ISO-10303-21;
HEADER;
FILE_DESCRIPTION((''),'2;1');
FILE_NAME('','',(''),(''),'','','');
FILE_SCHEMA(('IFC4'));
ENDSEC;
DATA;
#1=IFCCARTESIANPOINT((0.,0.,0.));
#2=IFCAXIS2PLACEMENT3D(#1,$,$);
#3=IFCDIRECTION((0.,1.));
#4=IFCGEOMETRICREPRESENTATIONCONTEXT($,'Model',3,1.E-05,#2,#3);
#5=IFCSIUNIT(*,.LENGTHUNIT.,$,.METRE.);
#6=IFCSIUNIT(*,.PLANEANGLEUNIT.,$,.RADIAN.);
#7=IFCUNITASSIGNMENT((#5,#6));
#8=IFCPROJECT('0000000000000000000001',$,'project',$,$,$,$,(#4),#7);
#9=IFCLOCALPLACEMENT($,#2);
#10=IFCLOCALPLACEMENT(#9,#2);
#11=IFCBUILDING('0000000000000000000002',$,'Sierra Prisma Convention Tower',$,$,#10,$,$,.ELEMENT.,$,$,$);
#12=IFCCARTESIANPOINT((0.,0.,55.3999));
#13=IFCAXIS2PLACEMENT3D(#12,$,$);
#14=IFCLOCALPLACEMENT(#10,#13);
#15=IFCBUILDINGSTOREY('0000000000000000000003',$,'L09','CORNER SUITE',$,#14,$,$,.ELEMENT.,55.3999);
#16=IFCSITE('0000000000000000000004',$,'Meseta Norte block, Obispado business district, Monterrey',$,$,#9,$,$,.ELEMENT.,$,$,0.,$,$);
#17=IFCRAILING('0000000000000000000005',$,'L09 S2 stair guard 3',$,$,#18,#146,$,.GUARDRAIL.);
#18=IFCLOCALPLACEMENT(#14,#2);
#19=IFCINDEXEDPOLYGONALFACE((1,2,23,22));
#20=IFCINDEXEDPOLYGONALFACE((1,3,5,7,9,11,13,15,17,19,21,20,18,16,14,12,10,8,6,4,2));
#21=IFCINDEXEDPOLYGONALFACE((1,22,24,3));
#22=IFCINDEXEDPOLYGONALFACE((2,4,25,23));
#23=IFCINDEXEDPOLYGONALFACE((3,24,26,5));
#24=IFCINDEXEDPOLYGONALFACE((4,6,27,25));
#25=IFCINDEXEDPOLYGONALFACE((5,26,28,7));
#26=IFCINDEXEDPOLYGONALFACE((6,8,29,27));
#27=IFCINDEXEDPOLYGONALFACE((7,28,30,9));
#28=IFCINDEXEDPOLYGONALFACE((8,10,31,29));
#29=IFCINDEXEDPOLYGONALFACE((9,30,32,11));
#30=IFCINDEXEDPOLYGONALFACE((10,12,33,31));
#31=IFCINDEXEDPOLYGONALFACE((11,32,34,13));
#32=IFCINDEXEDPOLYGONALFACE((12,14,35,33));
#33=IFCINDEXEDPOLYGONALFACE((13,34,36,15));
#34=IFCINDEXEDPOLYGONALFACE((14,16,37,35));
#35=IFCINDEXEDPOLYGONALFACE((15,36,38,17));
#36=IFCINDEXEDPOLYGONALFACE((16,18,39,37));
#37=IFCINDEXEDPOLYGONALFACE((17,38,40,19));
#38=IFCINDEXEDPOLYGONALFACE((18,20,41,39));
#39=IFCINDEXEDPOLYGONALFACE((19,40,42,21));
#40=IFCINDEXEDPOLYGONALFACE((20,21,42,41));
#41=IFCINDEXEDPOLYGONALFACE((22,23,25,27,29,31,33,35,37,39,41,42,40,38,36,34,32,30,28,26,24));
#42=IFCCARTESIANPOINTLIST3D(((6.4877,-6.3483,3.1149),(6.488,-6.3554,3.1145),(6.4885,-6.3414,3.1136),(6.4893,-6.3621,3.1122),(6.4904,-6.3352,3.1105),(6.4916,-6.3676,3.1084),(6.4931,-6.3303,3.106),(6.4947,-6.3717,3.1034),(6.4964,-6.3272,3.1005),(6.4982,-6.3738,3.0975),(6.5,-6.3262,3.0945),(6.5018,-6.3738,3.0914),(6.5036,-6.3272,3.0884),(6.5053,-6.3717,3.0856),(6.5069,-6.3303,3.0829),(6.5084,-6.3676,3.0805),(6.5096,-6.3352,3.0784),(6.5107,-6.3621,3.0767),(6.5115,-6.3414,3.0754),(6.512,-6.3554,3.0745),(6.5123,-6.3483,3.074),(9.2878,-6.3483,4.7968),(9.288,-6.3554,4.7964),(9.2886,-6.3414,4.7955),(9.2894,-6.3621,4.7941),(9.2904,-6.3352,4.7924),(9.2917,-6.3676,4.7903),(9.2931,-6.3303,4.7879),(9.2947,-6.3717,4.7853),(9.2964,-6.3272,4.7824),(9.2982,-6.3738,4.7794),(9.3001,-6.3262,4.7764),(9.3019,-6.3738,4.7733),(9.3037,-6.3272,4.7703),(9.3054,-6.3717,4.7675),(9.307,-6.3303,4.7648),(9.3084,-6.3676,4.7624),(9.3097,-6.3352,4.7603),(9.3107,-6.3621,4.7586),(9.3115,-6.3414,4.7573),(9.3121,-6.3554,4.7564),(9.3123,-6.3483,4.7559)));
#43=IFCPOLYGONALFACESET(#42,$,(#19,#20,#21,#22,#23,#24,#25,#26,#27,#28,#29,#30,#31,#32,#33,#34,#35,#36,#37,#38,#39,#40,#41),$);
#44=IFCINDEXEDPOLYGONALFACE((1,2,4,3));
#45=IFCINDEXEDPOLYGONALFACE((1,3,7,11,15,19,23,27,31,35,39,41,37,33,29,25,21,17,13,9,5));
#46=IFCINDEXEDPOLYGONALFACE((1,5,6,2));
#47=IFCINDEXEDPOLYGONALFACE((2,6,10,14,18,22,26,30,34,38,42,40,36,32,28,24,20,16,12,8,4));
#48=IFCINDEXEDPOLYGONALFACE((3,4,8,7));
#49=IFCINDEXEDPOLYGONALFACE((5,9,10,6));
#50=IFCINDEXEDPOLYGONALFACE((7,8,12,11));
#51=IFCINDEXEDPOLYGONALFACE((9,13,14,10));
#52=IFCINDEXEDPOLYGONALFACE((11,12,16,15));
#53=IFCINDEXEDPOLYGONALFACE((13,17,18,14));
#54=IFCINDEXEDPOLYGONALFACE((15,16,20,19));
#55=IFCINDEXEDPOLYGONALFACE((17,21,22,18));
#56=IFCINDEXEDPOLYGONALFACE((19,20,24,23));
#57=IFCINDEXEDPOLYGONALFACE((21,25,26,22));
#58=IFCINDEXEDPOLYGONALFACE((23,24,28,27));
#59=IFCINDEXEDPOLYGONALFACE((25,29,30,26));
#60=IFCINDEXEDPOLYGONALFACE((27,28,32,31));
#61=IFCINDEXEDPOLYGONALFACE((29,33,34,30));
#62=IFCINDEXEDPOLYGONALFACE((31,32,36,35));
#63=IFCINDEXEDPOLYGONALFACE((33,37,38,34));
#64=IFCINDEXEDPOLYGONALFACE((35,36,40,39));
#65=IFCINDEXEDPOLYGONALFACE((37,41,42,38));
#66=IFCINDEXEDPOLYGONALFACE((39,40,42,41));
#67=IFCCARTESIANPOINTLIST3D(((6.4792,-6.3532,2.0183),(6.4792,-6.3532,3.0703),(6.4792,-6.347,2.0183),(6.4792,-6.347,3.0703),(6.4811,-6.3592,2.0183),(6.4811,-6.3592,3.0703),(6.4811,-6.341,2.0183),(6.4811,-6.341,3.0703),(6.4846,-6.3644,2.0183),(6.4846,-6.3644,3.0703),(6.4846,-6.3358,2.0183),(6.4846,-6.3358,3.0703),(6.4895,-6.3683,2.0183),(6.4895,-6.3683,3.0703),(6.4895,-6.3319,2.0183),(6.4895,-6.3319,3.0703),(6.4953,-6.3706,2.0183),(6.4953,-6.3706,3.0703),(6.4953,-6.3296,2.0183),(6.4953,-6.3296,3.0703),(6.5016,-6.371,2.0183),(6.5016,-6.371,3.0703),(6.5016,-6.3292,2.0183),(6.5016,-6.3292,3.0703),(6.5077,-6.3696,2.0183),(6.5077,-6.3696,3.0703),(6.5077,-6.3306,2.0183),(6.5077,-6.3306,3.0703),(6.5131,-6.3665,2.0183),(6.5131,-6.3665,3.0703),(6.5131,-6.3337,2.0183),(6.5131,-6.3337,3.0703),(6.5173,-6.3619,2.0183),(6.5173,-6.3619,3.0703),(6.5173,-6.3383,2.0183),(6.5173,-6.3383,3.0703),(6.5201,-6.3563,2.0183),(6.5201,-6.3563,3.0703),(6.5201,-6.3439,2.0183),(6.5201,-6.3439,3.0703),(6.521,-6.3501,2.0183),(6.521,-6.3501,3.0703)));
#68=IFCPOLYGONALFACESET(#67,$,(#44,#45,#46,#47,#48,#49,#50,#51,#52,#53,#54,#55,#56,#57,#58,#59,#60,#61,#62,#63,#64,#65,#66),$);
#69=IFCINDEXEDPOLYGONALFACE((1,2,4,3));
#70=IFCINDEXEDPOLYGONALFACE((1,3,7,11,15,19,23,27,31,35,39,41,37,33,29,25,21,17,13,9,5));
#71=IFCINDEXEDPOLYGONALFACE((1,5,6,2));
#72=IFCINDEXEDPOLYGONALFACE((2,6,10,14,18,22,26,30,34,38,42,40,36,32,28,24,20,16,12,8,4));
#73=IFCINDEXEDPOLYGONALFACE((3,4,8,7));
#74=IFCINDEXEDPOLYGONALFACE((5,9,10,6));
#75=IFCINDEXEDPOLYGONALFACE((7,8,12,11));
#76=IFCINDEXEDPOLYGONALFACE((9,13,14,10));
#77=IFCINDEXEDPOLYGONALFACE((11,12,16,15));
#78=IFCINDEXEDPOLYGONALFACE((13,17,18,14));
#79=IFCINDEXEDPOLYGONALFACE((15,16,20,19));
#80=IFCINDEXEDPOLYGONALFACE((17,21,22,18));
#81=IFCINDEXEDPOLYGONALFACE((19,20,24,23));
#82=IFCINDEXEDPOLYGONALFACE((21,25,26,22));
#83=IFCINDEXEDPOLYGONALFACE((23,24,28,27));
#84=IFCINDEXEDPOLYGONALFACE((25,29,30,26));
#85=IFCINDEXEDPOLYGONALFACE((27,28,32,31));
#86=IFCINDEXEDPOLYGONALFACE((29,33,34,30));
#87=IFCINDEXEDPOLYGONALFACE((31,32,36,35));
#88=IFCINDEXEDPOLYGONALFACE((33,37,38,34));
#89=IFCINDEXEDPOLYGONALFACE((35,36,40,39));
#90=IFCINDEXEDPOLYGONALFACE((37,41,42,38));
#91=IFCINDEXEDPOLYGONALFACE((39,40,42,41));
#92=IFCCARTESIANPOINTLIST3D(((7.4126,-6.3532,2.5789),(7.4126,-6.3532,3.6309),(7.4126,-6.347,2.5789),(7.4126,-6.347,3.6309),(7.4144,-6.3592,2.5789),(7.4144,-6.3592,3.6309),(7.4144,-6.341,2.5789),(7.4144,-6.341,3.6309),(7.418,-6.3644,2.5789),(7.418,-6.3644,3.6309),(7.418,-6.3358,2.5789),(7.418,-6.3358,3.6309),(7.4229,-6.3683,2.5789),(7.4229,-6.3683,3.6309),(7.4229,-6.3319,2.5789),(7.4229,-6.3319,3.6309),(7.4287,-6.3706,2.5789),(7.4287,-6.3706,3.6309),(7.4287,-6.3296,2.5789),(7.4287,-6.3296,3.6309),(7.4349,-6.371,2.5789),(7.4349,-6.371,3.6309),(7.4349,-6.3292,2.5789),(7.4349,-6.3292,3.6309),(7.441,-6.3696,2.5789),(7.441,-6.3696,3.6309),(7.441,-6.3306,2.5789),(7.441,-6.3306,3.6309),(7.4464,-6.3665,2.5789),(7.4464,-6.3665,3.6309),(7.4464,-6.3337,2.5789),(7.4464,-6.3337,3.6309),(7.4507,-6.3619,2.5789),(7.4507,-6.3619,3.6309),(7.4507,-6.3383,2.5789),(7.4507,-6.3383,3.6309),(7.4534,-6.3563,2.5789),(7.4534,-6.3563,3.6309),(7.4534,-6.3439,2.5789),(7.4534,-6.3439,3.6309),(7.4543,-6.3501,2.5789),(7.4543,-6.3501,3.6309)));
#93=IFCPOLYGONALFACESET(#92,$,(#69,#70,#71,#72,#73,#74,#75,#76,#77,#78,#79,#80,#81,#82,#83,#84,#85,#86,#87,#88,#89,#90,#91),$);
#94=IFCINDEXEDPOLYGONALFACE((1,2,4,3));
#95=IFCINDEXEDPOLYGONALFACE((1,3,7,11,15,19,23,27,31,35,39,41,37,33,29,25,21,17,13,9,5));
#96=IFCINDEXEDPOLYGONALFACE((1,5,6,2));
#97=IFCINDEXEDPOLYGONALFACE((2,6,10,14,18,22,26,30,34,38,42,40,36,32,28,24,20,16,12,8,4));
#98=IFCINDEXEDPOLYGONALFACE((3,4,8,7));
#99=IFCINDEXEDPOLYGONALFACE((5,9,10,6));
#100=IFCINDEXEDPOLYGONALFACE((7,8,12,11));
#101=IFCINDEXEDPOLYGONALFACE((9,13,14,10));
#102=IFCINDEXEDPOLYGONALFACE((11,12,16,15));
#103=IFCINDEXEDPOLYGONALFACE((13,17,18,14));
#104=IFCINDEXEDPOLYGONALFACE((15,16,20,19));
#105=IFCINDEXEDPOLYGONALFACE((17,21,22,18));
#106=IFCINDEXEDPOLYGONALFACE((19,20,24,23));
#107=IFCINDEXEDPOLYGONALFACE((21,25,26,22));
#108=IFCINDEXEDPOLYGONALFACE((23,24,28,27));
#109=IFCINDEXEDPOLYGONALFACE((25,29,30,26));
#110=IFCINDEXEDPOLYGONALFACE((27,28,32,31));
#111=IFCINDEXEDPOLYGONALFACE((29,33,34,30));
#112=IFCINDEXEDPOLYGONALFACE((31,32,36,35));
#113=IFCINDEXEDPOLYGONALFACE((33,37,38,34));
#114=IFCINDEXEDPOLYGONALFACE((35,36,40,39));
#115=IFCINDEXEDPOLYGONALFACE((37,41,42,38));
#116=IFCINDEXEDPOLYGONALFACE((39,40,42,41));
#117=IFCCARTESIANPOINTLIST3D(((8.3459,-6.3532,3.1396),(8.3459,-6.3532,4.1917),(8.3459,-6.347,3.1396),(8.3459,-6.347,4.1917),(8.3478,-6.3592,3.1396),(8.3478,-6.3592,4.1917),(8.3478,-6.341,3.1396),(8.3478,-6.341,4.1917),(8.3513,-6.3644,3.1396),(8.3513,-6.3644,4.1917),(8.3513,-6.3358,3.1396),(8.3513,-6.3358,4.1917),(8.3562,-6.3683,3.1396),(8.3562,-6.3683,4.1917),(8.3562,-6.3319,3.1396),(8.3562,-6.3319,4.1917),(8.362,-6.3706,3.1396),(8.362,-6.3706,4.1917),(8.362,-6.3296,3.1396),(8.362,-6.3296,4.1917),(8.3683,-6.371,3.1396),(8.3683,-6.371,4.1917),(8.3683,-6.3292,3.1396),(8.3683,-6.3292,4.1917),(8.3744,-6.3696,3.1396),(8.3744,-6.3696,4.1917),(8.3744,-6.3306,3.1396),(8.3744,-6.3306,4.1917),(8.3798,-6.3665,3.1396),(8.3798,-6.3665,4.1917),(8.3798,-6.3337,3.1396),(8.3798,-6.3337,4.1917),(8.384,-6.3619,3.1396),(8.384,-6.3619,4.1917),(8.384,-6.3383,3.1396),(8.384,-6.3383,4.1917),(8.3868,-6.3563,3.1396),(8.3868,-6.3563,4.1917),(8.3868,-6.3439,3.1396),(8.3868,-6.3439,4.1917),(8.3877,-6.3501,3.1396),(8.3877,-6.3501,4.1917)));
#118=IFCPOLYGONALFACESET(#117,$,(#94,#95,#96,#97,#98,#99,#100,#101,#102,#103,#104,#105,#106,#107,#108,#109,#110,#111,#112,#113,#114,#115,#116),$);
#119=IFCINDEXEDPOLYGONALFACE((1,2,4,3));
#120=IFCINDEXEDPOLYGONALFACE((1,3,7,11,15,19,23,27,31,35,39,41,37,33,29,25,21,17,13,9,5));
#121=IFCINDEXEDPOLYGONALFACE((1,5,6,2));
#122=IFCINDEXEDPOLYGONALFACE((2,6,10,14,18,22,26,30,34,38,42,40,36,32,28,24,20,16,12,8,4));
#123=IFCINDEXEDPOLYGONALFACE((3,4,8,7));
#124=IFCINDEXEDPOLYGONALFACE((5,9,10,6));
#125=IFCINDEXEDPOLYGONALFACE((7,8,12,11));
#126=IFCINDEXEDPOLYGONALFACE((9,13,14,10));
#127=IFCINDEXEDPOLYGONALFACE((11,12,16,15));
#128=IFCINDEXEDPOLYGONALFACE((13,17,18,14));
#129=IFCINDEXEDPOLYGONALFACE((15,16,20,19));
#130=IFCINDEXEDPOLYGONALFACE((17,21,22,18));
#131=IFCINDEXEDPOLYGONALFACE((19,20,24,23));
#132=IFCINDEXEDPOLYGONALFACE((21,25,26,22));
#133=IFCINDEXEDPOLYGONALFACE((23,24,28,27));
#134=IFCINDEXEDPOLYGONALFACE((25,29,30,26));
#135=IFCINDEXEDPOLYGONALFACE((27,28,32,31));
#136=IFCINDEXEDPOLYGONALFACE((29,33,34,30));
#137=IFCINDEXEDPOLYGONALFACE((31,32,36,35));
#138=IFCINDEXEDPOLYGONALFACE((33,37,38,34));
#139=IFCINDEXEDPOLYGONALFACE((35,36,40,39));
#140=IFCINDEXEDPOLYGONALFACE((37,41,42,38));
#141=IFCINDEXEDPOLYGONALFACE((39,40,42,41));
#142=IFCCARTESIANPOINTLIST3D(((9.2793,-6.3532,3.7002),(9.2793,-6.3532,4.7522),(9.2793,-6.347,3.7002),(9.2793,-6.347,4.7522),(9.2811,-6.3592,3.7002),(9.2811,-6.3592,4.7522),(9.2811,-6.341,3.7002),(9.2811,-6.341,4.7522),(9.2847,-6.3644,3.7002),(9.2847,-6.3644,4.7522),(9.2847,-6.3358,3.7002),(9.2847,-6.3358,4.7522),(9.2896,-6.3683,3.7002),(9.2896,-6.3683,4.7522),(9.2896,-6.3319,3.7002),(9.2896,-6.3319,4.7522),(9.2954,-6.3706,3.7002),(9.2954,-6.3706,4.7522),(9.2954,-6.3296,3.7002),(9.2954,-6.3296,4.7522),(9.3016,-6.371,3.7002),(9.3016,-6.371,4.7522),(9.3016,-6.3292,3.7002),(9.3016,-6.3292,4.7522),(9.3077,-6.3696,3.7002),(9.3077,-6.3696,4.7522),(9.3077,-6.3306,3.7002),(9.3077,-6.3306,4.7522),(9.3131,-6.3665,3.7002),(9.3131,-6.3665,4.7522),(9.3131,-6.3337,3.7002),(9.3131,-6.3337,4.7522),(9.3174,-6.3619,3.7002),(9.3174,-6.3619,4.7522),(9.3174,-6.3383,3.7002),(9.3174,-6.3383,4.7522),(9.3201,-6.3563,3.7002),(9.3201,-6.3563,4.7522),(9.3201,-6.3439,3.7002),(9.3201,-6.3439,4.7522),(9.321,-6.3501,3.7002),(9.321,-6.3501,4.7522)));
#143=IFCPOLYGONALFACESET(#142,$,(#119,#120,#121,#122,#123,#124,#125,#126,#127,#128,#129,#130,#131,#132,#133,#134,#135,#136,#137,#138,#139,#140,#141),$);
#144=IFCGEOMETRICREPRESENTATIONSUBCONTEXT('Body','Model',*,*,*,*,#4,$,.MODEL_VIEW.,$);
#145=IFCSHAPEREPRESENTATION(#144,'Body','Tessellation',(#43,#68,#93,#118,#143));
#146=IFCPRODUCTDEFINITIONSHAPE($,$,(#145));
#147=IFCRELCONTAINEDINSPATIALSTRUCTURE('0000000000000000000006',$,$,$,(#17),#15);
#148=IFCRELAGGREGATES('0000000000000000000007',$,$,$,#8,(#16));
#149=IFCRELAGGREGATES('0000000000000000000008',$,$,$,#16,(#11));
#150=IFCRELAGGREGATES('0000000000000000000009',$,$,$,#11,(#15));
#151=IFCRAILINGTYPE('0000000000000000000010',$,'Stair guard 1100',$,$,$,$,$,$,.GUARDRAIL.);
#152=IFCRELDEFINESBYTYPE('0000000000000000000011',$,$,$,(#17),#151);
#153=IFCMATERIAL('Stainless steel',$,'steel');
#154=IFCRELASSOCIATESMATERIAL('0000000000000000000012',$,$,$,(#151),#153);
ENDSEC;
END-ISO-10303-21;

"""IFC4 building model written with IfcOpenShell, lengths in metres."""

from ifc_helpers import new_model, si_unit, direction, frame, origin, origin_2d, place, context, subcontext, project, spatial, circle, extrude, material, type_object, element, save


model = new_model("IFC4")

# Units and contexts
model_context = context("Model", 3, precision=1e-05, world=origin(), true_north=direction((0.0, 1.0)))
body_context = subcontext(model_context, "Body", "Model", "MODEL_VIEW")
ifc_project = project(units=[si_unit("LENGTHUNIT", "METRE"), si_unit("PLANEANGLEUNIT", "RADIAN")], contexts=[model_context])

# Site, building, storey
site_placement = place(None, origin())
site = spatial("IfcSite", under=ifc_project, at=site_placement, Name="Meseta Norte block, Obispado business district, Monterrey", CompositionType="ELEMENT", RefElevation=0.0)
building_placement = place(site_placement, origin())
building = spatial("IfcBuilding", under=site, at=building_placement, Name="Sierra Prisma Convention Tower", CompositionType="ELEMENT")
storey_placement = place(building_placement, frame((0.0, 0.0, 55.3999)))
storey = spatial("IfcBuildingStorey", under=building, at=storey_placement, Name="L09", Description="CORNER SUITE", CompositionType="ELEMENT", Elevation=55.3999)

# Railing
ifc_material_1 = material(Name="Stainless steel", Category="steel")
railing_type_1 = type_object("IfcRailingType", Name="Stair guard 1100", PredefinedType="GUARDRAIL", material=ifc_material_1)
railing_1_placement = place(storey_placement, frame((6.5, -6.3501, 2.0183)))
element("IfcRailing", 1, at=railing_1_placement, inside=storey, type_object=railing_type_1, Name="L09 S2 stair guard 3", PredefinedType="GUARDRAIL", context=body_context, shape_type="SweptSolid", body=[
    extrude(circle(Radius=0.0239, at=origin_2d()), frame((0.0, 0.0, 1.0762), z_axis=(0.857242, 0.0, 0.514913), x_axis=(0.0, 1.0, 0.0)), (0.0, 0.0, 1.0), 3.2664),
    extrude(circle(Radius=0.021, at=origin_2d()), origin(), (0.0, 0.0, 1.0), 1.052),
    extrude(circle(Radius=0.021, at=origin_2d()), frame((0.9333, 0.0, 0.5605)), (0.0, 0.0, 1.0), 1.052),
    extrude(circle(Radius=0.021, at=origin_2d()), frame((1.8667, 0.0, 1.1213)), (0.0, 0.0, 1.0), 1.052),
    extrude(circle(Radius=0.021, at=origin_2d()), frame((2.8, 0.0, 1.6819)), (0.0, 0.0, 1.0), 1.052),
])

save(model, "model.ifc")
